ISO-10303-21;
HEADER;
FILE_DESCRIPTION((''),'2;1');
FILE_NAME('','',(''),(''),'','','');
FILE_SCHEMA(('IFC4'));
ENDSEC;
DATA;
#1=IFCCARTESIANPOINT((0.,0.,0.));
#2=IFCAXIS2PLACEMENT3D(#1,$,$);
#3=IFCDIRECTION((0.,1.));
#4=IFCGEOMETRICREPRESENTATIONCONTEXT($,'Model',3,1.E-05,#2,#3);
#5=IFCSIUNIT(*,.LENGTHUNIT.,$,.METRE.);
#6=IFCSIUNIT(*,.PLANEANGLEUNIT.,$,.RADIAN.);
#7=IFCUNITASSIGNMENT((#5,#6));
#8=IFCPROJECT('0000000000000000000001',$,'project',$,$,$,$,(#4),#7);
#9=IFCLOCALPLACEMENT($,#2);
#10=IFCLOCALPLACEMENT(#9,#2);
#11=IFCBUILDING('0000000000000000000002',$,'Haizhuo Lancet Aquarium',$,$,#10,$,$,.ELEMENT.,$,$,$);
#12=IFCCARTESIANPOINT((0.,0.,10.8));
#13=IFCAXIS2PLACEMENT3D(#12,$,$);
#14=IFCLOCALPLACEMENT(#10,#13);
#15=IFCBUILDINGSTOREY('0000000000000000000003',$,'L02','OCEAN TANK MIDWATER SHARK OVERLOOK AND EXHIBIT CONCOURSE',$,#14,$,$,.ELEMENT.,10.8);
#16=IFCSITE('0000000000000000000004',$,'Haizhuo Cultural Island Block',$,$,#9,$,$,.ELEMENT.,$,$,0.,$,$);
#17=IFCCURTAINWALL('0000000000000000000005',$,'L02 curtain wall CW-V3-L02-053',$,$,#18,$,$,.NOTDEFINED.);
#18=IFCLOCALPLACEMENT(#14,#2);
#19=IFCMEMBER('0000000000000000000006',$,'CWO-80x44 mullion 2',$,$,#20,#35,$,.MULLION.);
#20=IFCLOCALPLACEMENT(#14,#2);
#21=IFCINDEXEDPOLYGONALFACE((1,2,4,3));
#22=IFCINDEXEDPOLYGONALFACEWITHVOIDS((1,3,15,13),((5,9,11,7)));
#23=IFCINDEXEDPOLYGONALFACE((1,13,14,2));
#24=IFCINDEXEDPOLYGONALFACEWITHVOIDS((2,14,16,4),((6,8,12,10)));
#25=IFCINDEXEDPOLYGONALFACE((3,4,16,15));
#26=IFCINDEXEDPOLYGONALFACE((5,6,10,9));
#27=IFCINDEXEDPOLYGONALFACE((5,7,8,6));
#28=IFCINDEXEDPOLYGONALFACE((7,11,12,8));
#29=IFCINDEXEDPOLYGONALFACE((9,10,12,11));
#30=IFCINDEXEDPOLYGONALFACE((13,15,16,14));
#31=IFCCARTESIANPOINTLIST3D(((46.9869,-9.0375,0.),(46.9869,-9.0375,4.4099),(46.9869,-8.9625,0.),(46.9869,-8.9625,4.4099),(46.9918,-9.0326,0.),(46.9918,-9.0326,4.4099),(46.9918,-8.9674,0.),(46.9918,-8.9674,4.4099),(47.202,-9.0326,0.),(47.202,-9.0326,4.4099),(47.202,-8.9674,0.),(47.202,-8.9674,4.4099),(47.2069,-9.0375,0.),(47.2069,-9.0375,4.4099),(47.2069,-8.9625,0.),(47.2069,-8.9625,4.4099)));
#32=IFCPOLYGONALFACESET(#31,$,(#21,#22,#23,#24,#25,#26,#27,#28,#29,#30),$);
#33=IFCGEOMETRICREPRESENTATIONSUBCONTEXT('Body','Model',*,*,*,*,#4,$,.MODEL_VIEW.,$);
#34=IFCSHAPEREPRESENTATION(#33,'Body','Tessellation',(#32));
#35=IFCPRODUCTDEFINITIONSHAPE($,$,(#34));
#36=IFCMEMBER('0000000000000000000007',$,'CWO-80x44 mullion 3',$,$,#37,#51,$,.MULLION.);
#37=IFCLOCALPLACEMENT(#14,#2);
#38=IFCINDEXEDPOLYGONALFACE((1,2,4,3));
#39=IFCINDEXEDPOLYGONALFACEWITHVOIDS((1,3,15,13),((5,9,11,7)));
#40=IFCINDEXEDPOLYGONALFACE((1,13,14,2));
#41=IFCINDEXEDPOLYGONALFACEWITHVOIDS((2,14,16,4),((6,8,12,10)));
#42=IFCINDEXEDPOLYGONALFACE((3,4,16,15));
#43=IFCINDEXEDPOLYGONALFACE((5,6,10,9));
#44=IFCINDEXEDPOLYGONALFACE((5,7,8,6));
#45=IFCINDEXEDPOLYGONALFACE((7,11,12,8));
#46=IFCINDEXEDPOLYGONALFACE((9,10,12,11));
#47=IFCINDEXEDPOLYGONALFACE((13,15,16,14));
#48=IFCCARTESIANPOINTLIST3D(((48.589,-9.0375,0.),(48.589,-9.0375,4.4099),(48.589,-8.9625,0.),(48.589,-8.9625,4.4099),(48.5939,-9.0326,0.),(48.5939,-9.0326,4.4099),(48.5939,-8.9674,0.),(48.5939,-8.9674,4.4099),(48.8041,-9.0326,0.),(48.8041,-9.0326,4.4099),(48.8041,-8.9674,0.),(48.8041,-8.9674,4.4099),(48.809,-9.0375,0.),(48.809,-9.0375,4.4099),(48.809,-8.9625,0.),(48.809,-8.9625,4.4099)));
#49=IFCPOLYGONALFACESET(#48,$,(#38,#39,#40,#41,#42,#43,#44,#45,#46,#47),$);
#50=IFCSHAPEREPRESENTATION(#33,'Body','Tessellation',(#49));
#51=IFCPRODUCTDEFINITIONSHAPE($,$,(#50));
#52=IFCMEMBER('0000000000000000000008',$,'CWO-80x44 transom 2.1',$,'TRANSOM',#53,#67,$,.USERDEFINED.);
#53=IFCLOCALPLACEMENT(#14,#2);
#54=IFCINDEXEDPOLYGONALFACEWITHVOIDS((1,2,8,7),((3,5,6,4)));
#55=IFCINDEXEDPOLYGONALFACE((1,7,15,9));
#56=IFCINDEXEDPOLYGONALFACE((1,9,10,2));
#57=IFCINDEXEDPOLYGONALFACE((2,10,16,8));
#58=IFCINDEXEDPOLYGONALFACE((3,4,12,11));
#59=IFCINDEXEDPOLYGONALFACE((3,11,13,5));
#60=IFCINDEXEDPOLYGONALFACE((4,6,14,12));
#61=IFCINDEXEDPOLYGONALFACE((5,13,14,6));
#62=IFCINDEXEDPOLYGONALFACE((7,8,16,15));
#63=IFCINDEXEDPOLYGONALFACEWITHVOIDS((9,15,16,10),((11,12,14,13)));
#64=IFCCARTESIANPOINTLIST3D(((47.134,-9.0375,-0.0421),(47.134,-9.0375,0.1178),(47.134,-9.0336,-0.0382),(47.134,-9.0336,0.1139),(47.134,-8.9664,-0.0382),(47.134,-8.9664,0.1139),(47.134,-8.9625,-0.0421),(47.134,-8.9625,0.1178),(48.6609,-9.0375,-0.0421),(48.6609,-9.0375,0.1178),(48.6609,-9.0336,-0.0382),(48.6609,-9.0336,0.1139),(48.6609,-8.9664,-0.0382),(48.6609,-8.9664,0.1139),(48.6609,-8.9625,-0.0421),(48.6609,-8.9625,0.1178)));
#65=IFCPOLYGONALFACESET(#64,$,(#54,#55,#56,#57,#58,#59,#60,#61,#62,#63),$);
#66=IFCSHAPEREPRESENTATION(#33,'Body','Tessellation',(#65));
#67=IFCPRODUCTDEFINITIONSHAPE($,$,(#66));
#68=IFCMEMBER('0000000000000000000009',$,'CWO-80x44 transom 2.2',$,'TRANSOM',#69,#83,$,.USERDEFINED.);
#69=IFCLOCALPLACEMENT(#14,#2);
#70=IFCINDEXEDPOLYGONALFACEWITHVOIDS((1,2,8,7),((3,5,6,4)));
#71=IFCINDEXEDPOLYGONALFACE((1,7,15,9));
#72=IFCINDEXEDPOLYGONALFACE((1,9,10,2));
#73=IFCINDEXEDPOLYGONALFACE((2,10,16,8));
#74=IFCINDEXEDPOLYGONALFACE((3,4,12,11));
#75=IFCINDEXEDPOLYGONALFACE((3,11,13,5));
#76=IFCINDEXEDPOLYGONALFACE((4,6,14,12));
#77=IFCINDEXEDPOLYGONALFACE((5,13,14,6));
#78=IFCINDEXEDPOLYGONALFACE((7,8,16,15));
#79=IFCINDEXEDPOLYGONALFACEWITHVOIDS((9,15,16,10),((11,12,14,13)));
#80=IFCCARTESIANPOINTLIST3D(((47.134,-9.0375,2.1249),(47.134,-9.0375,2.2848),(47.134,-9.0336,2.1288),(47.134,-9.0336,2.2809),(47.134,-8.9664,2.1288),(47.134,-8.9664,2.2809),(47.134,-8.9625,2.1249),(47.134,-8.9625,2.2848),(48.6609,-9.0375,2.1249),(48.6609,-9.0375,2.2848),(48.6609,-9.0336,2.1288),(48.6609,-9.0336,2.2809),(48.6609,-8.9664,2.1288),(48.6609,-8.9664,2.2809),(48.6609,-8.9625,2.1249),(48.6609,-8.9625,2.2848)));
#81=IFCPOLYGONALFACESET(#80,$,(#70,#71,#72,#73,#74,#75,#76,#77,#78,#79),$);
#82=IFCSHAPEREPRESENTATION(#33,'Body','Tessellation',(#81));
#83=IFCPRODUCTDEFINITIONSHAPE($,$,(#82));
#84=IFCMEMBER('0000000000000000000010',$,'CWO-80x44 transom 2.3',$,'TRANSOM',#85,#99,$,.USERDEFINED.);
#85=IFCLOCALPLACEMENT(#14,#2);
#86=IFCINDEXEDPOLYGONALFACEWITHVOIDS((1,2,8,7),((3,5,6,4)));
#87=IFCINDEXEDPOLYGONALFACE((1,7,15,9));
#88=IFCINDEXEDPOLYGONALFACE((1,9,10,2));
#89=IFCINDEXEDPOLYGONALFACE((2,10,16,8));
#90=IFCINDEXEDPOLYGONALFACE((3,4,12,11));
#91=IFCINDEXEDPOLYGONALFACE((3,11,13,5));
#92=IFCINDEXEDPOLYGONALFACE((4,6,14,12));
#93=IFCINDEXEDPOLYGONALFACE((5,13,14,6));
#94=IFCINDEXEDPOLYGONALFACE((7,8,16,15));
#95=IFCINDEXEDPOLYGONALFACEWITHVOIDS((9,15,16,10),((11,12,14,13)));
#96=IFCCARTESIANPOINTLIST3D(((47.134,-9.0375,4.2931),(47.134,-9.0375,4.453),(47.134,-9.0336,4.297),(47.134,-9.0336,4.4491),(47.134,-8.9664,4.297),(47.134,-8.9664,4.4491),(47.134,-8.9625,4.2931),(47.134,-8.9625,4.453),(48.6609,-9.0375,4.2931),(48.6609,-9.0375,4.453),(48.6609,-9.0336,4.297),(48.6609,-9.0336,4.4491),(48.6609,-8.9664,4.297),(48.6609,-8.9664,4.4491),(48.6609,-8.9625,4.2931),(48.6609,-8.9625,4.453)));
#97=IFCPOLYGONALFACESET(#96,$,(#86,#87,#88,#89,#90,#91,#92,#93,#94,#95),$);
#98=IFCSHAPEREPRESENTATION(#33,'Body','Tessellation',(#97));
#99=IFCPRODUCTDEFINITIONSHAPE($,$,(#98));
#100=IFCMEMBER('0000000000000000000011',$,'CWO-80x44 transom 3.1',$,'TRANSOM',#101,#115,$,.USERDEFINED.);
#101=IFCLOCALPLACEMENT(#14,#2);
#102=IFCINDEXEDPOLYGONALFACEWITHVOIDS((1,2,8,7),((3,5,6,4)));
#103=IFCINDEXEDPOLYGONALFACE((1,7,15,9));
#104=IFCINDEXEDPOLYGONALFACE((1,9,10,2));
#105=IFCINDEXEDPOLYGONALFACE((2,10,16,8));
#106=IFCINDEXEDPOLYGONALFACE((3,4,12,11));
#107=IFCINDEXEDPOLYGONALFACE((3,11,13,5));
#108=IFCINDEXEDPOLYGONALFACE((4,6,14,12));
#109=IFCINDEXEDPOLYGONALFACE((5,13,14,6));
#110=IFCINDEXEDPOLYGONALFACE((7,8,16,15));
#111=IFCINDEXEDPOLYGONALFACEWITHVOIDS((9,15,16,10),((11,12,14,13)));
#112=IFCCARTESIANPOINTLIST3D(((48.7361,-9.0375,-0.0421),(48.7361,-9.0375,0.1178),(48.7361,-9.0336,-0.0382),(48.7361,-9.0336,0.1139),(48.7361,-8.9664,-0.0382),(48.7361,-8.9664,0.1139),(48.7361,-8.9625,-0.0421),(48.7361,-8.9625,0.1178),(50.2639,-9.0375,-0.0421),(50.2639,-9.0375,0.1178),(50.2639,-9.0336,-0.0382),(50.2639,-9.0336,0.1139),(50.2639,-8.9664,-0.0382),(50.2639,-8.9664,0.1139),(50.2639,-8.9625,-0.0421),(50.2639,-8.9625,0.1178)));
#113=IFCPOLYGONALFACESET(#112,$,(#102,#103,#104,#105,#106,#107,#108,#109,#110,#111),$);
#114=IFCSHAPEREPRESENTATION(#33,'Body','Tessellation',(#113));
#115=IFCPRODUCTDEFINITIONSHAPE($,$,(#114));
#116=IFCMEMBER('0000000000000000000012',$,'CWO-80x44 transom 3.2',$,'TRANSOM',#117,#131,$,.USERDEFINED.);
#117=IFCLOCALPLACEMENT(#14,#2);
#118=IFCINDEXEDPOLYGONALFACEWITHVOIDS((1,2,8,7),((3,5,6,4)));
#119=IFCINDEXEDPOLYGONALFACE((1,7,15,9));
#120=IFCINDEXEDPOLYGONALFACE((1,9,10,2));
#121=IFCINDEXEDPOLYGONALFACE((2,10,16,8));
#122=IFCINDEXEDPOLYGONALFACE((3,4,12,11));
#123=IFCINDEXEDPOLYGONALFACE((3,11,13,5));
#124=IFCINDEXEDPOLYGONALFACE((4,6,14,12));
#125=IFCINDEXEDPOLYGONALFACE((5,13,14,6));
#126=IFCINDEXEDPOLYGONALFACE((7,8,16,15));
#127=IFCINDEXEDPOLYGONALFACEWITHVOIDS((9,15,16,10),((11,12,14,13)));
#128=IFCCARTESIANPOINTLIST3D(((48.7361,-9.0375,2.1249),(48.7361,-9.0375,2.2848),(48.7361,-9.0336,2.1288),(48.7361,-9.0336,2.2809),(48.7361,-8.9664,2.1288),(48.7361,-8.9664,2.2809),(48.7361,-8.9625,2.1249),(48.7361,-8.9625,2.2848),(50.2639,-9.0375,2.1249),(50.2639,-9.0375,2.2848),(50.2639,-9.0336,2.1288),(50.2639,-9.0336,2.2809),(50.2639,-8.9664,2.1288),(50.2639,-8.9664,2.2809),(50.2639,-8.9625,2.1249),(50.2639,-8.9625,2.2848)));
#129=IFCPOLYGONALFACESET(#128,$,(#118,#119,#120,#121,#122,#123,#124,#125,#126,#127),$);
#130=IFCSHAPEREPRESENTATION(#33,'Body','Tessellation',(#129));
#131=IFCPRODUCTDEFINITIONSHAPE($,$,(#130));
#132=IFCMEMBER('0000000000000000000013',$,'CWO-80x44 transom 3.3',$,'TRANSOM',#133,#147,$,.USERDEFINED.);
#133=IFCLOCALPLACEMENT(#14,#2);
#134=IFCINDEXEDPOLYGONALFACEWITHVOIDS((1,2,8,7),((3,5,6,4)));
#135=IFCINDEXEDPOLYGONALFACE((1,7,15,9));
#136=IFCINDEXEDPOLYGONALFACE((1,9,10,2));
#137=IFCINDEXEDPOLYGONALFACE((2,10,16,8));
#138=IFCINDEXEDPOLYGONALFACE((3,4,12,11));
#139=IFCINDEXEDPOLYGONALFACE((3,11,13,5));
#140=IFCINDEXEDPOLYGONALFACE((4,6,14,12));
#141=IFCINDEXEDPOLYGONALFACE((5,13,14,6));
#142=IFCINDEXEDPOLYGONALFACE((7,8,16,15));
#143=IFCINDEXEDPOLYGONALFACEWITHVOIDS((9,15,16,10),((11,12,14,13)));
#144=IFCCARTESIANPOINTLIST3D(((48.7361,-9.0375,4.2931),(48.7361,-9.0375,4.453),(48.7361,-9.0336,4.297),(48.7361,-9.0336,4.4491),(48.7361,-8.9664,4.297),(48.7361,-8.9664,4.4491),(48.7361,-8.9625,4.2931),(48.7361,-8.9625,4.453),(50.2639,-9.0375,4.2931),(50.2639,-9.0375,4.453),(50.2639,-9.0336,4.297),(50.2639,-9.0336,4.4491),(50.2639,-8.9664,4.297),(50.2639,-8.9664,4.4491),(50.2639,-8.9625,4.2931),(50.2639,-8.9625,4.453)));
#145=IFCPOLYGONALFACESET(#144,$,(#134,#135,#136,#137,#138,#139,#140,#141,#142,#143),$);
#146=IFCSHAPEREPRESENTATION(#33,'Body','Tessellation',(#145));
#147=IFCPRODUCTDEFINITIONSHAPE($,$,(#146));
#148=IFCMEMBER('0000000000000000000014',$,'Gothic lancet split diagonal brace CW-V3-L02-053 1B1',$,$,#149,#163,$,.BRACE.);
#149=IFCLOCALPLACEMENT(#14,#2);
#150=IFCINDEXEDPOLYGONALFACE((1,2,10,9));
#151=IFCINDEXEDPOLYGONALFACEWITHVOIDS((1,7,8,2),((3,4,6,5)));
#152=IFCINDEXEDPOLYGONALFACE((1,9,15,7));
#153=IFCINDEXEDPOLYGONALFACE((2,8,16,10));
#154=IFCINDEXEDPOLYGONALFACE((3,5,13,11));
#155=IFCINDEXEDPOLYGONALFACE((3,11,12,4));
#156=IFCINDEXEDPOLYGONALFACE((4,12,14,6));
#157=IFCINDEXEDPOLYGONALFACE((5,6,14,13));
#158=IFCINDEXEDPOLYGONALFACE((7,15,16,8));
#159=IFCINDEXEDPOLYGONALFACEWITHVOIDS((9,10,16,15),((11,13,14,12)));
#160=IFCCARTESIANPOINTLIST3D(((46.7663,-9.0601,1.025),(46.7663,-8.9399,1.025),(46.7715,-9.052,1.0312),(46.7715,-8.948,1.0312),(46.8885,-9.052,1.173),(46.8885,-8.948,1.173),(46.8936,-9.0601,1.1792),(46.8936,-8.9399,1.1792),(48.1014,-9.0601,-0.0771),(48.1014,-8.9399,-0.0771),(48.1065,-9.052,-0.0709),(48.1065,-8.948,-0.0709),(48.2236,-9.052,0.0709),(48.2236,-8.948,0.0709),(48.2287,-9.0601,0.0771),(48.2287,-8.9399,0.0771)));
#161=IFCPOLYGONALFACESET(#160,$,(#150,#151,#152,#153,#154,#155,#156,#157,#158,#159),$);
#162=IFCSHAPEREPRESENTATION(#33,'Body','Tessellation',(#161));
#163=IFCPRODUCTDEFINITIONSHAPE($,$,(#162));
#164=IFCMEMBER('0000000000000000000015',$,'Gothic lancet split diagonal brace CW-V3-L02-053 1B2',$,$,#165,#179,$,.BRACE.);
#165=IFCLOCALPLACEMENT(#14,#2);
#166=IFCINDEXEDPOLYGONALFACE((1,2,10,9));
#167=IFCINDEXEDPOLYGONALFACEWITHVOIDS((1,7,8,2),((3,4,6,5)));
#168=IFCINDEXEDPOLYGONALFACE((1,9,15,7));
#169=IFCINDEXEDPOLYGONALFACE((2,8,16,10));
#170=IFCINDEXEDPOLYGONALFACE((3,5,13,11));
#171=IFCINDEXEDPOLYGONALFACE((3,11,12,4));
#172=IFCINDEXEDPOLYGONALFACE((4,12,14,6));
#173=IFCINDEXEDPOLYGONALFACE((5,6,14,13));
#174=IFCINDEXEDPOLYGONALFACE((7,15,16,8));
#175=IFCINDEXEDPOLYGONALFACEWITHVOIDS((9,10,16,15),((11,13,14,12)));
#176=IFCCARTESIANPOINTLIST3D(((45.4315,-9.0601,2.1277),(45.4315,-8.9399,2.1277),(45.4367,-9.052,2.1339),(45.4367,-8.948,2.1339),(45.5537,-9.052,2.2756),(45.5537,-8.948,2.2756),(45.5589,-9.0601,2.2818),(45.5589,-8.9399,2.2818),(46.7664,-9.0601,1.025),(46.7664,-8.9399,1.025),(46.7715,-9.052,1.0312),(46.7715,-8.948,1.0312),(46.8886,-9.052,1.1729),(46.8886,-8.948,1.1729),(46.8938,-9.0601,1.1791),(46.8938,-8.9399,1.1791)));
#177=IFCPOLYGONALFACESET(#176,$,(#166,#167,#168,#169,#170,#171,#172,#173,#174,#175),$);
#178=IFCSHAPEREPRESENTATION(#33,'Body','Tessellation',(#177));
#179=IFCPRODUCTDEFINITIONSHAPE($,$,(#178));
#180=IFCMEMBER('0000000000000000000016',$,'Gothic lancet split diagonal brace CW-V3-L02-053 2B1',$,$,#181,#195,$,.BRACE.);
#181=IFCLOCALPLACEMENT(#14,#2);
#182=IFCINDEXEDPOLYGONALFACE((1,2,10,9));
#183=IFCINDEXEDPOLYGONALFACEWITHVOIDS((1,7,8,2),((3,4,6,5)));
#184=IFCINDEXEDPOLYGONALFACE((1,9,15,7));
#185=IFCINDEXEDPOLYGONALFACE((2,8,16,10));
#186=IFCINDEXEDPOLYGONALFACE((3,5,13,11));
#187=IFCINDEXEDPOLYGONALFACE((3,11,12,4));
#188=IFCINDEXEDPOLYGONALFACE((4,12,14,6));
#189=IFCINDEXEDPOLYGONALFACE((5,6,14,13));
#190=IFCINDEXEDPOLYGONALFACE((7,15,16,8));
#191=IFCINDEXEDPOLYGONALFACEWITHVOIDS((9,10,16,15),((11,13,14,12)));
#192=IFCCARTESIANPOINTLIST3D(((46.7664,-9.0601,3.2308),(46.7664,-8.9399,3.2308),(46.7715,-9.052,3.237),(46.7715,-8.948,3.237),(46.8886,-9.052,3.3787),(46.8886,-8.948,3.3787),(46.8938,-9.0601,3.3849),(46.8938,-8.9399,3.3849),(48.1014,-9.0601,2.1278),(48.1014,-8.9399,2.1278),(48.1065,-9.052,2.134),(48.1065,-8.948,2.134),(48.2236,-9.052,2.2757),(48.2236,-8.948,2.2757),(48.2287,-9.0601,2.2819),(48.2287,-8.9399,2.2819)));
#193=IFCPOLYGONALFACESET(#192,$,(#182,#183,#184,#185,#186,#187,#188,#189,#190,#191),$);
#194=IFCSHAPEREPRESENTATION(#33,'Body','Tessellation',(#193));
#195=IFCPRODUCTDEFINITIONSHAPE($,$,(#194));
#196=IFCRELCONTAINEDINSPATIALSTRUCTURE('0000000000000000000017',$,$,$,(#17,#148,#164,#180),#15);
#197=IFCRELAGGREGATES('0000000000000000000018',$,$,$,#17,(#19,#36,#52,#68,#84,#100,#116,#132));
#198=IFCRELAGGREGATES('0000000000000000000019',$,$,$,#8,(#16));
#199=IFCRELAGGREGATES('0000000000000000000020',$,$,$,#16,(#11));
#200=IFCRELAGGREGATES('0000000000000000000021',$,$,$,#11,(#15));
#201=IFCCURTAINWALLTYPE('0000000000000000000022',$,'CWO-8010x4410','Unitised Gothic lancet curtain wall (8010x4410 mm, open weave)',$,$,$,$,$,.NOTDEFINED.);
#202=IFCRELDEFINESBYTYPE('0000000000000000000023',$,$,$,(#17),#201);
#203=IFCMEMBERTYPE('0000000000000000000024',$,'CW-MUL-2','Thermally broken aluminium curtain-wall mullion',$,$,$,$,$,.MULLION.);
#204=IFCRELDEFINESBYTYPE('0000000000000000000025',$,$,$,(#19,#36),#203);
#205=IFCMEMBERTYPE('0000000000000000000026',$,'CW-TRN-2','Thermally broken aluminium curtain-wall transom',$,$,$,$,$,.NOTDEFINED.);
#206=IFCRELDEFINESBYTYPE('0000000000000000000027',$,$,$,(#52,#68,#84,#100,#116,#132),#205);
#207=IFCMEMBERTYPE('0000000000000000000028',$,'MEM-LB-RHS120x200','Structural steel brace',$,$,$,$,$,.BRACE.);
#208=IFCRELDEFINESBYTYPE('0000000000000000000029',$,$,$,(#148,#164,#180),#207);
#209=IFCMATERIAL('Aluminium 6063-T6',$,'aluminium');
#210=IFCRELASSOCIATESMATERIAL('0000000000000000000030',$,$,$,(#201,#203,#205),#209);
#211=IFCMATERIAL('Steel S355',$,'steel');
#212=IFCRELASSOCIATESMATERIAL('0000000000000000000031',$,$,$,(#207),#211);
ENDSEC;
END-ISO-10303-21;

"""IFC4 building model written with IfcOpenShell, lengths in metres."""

from ifc_helpers import new_model, si_unit, direction, frame, origin, origin_2d, place, context, subcontext, project, spatial, hollow_rectangle, extrude, material, material_profile, profile_set, type_object, element, aggregate, save


model = new_model("IFC4")

# Units and contexts
model_context = context("Model", 3, precision=1e-05, world=origin(), true_north=direction((0.0, 1.0)))
body_context = subcontext(model_context, "Body", "Model", "MODEL_VIEW")
ifc_project = project(units=[si_unit("LENGTHUNIT", "METRE"), si_unit("PLANEANGLEUNIT", "RADIAN")], contexts=[model_context])

# Site, building, storey
site_placement = place(None, origin())
site = spatial("IfcSite", under=ifc_project, at=site_placement, Name="Haizhuo Cultural Island Block", CompositionType="ELEMENT", RefElevation=0.0)
building_placement = place(site_placement, origin())
building = spatial("IfcBuilding", under=site, at=building_placement, Name="Haizhuo Lancet Aquarium", CompositionType="ELEMENT")
storey_placement = place(building_placement, frame((0.0, 0.0, 10.8)))
storey = spatial("IfcBuildingStorey", under=building, at=storey_placement, Name="L02", Description="OCEAN TANK MIDWATER SHARK OVERLOOK AND EXHIBIT CONCOURSE", CompositionType="ELEMENT", Elevation=10.8)

# Curtain wall, members
ifc_material_1 = material(Name="Aluminium 6063-T6", Category="aluminium")
curtain_wall_type = type_object("IfcCurtainWallType", Name="CWO-8010x4410", Description="Unitised Gothic lancet curtain wall (8010x4410 mm, open weave)", PredefinedType="NOTDEFINED", material=ifc_material_1)
curtain_wall_placement = place(storey_placement, origin())
curtain_wall = element("IfcCurtainWall", 1, at=curtain_wall_placement, inside=storey, type_object=curtain_wall_type, Name="L02 curtain wall CW-V3-L02-053", PredefinedType="NOTDEFINED")
ifc_material_profile_1 = material_profile(ifc_material_1, hollow_rectangle(XDim=0.075, YDim=0.22, WallThickness=0.0049, at=origin_2d()), Name="ALU-M 75x220x5")
ifc_profile_set_1 = profile_set([ifc_material_profile_1], Name="Aluminium 6063-T6")
member_type_1 = type_object("IfcMemberType", Name="CW-MUL-2", Description="Thermally broken aluminium curtain-wall mullion", PredefinedType="MULLION", material=ifc_profile_set_1)
member_1_placement = place(storey_placement, frame((47.0969, -9.0, 0.0), z_axis=(0.0, 0.0, 1.0), x_axis=(0.0, 1.0, 0.0)))
member_1 = element("IfcMember", 2, at=member_1_placement, type_object=member_type_1, Name="CWO-80x44 mullion 2", PredefinedType="MULLION", context=body_context, shape_type="SweptSolid", body=[
    extrude(hollow_rectangle(XDim=0.075, YDim=0.22, WallThickness=0.0049, at=origin_2d()), origin(), (0.0, 0.0, 1.0), 4.4099),
])
member_2_placement = place(storey_placement, frame((48.699, -9.0, 0.0), z_axis=(0.0, 0.0, 1.0), x_axis=(0.0, 1.0, 0.0)))
member_2 = element("IfcMember", 3, at=member_2_placement, type_object=member_type_1, Name="CWO-80x44 mullion 3", PredefinedType="MULLION", context=body_context, shape_type="SweptSolid", body=[
    extrude(hollow_rectangle(XDim=0.075, YDim=0.22, WallThickness=0.0049, at=origin_2d()), origin(), (0.0, 0.0, 1.0), 4.4099),
])
ifc_material_profile_2 = material_profile(ifc_material_1, hollow_rectangle(XDim=0.075, YDim=0.1599, WallThickness=0.0039, at=origin_2d()), Name="ALU-T 75x160x4")
ifc_profile_set_2 = profile_set([ifc_material_profile_2], Name="Aluminium 6063-T6")
member_type_2 = type_object("IfcMemberType", Name="CW-TRN-2", Description="Thermally broken aluminium curtain-wall transom", PredefinedType="NOTDEFINED", material=ifc_profile_set_2)
member_3_placement = place(storey_placement, frame((47.134, -9.0, 0.0378), z_axis=(1.0, 0.0, 0.0), x_axis=(0.0, 1.0, 0.0)))
member_3 = element("IfcMember", 4, at=member_3_placement, type_object=member_type_2, Name="CWO-80x44 transom 2.1", ObjectType="TRANSOM", PredefinedType="USERDEFINED", context=body_context, shape_type="SweptSolid", body=[
    extrude(hollow_rectangle(XDim=0.075, YDim=0.1599, WallThickness=0.0039, at=origin_2d()), origin(), (0.0, 0.0, 1.0), 1.5269),
])
member_4_placement = place(storey_placement, frame((47.134, -9.0, 2.2048), z_axis=(1.0, 0.0, 0.0), x_axis=(0.0, 1.0, 0.0)))
member_4 = element("IfcMember", 5, at=member_4_placement, type_object=member_type_2, Name="CWO-80x44 transom 2.2", ObjectType="TRANSOM", PredefinedType="USERDEFINED", context=body_context, shape_type="SweptSolid", body=[
    extrude(hollow_rectangle(XDim=0.075, YDim=0.1599, WallThickness=0.0039, at=origin_2d()), origin(), (0.0, 0.0, 1.0), 1.5269),
])
member_5_placement = place(storey_placement, frame((47.134, -9.0, 4.373), z_axis=(1.0, 0.0, 0.0), x_axis=(0.0, 1.0, 0.0)))
member_5 = element("IfcMember", 6, at=member_5_placement, type_object=member_type_2, Name="CWO-80x44 transom 2.3", ObjectType="TRANSOM", PredefinedType="USERDEFINED", context=body_context, shape_type="SweptSolid", body=[
    extrude(hollow_rectangle(XDim=0.075, YDim=0.1599, WallThickness=0.0039, at=origin_2d()), origin(), (0.0, 0.0, 1.0), 1.5269),
])
member_6_placement = place(storey_placement, frame((48.7361, -9.0, 0.0378), z_axis=(1.0, 0.0, 0.0), x_axis=(0.0, 1.0, 0.0)))
member_6 = element("IfcMember", 7, at=member_6_placement, type_object=member_type_2, Name="CWO-80x44 transom 3.1", ObjectType="TRANSOM", PredefinedType="USERDEFINED", context=body_context, shape_type="SweptSolid", body=[
    extrude(hollow_rectangle(XDim=0.075, YDim=0.1599, WallThickness=0.0039, at=origin_2d()), origin(), (0.0, 0.0, 1.0), 1.5278),
])
member_7_placement = place(storey_placement, frame((48.7361, -9.0, 2.2048), z_axis=(1.0, 0.0, 0.0), x_axis=(0.0, 1.0, 0.0)))
member_7 = element("IfcMember", 8, at=member_7_placement, type_object=member_type_2, Name="CWO-80x44 transom 3.2", ObjectType="TRANSOM", PredefinedType="USERDEFINED", context=body_context, shape_type="SweptSolid", body=[
    extrude(hollow_rectangle(XDim=0.075, YDim=0.1599, WallThickness=0.0039, at=origin_2d()), origin(), (0.0, 0.0, 1.0), 1.5278),
])
member_8_placement = place(storey_placement, frame((48.7361, -9.0, 4.373), z_axis=(1.0, 0.0, 0.0), x_axis=(0.0, 1.0, 0.0)))
member_8 = element("IfcMember", 9, at=member_8_placement, type_object=member_type_2, Name="CWO-80x44 transom 3.3", ObjectType="TRANSOM", PredefinedType="USERDEFINED", context=body_context, shape_type="SweptSolid", body=[
    extrude(hollow_rectangle(XDim=0.075, YDim=0.1599, WallThickness=0.0039, at=origin_2d()), origin(), (0.0, 0.0, 1.0), 1.5278),
])

# Members
ifc_material_2 = material(Name="Steel S355", Category="steel")
ifc_material_profile_3 = material_profile(ifc_material_2, hollow_rectangle(XDim=0.1201, YDim=0.2, WallThickness=0.0081, at=origin_2d()), Name="RHS 120x200x8")
ifc_profile_set_3 = profile_set([ifc_material_profile_3], Name="Steel S355")
member_type_3 = type_object("IfcMemberType", Name="MEM-LB-RHS120x200", Description="Structural steel brace", PredefinedType="BRACE", material=ifc_profile_set_3)
member_9_placement = place(storey_placement, frame((48.165, -9.0, 0.0), z_axis=(-0.771172, 0.0, 0.636626), x_axis=(0.0, -1.0, 0.0)))
element("IfcMember", 10, at=member_9_placement, inside=storey, type_object=member_type_3, Name="Gothic lancet split diagonal brace CW-V3-L02-053 1B1", PredefinedType="BRACE", context=body_context, shape_type="SweptSolid", body=[
    extrude(hollow_rectangle(XDim=0.1201, YDim=0.2, WallThickness=0.0081, at=origin_2d()), origin(), (0.0, 0.0, 1.0), 1.7312),
])
member_10_placement = place(storey_placement, frame((46.8301, -9.0, 1.1021), z_axis=(-0.770965, 0.0, 0.636878), x_axis=(0.0, -1.0, 0.0)))
element("IfcMember", 11, at=member_10_placement, inside=storey, type_object=member_type_3, Name="Gothic lancet split diagonal brace CW-V3-L02-053 1B2", PredefinedType="BRACE", context=body_context, shape_type="SweptSolid", body=[
    extrude(hollow_rectangle(XDim=0.1201, YDim=0.2, WallThickness=0.0081, at=origin_2d()), origin(), (0.0, 0.0, 1.0), 1.7314),
])
member_11_placement = place(storey_placement, frame((48.165, -9.0, 2.2048), z_axis=(-0.770896, 0.0, 0.636962), x_axis=(0.0, -1.0, 0.0)))
element("IfcMember", 12, at=member_11_placement, inside=storey, type_object=member_type_3, Name="Gothic lancet split diagonal brace CW-V3-L02-053 2B1", PredefinedType="BRACE", context=body_context, shape_type="SweptSolid", body=[
    extrude(hollow_rectangle(XDim=0.1201, YDim=0.2, WallThickness=0.0081, at=origin_2d()), origin(), (0.0, 0.0, 1.0), 1.7317),
])

aggregate(curtain_wall, [member_1, member_2, member_3, member_4, member_5, member_6, member_7, member_8])

save(model, "model.ifc")
